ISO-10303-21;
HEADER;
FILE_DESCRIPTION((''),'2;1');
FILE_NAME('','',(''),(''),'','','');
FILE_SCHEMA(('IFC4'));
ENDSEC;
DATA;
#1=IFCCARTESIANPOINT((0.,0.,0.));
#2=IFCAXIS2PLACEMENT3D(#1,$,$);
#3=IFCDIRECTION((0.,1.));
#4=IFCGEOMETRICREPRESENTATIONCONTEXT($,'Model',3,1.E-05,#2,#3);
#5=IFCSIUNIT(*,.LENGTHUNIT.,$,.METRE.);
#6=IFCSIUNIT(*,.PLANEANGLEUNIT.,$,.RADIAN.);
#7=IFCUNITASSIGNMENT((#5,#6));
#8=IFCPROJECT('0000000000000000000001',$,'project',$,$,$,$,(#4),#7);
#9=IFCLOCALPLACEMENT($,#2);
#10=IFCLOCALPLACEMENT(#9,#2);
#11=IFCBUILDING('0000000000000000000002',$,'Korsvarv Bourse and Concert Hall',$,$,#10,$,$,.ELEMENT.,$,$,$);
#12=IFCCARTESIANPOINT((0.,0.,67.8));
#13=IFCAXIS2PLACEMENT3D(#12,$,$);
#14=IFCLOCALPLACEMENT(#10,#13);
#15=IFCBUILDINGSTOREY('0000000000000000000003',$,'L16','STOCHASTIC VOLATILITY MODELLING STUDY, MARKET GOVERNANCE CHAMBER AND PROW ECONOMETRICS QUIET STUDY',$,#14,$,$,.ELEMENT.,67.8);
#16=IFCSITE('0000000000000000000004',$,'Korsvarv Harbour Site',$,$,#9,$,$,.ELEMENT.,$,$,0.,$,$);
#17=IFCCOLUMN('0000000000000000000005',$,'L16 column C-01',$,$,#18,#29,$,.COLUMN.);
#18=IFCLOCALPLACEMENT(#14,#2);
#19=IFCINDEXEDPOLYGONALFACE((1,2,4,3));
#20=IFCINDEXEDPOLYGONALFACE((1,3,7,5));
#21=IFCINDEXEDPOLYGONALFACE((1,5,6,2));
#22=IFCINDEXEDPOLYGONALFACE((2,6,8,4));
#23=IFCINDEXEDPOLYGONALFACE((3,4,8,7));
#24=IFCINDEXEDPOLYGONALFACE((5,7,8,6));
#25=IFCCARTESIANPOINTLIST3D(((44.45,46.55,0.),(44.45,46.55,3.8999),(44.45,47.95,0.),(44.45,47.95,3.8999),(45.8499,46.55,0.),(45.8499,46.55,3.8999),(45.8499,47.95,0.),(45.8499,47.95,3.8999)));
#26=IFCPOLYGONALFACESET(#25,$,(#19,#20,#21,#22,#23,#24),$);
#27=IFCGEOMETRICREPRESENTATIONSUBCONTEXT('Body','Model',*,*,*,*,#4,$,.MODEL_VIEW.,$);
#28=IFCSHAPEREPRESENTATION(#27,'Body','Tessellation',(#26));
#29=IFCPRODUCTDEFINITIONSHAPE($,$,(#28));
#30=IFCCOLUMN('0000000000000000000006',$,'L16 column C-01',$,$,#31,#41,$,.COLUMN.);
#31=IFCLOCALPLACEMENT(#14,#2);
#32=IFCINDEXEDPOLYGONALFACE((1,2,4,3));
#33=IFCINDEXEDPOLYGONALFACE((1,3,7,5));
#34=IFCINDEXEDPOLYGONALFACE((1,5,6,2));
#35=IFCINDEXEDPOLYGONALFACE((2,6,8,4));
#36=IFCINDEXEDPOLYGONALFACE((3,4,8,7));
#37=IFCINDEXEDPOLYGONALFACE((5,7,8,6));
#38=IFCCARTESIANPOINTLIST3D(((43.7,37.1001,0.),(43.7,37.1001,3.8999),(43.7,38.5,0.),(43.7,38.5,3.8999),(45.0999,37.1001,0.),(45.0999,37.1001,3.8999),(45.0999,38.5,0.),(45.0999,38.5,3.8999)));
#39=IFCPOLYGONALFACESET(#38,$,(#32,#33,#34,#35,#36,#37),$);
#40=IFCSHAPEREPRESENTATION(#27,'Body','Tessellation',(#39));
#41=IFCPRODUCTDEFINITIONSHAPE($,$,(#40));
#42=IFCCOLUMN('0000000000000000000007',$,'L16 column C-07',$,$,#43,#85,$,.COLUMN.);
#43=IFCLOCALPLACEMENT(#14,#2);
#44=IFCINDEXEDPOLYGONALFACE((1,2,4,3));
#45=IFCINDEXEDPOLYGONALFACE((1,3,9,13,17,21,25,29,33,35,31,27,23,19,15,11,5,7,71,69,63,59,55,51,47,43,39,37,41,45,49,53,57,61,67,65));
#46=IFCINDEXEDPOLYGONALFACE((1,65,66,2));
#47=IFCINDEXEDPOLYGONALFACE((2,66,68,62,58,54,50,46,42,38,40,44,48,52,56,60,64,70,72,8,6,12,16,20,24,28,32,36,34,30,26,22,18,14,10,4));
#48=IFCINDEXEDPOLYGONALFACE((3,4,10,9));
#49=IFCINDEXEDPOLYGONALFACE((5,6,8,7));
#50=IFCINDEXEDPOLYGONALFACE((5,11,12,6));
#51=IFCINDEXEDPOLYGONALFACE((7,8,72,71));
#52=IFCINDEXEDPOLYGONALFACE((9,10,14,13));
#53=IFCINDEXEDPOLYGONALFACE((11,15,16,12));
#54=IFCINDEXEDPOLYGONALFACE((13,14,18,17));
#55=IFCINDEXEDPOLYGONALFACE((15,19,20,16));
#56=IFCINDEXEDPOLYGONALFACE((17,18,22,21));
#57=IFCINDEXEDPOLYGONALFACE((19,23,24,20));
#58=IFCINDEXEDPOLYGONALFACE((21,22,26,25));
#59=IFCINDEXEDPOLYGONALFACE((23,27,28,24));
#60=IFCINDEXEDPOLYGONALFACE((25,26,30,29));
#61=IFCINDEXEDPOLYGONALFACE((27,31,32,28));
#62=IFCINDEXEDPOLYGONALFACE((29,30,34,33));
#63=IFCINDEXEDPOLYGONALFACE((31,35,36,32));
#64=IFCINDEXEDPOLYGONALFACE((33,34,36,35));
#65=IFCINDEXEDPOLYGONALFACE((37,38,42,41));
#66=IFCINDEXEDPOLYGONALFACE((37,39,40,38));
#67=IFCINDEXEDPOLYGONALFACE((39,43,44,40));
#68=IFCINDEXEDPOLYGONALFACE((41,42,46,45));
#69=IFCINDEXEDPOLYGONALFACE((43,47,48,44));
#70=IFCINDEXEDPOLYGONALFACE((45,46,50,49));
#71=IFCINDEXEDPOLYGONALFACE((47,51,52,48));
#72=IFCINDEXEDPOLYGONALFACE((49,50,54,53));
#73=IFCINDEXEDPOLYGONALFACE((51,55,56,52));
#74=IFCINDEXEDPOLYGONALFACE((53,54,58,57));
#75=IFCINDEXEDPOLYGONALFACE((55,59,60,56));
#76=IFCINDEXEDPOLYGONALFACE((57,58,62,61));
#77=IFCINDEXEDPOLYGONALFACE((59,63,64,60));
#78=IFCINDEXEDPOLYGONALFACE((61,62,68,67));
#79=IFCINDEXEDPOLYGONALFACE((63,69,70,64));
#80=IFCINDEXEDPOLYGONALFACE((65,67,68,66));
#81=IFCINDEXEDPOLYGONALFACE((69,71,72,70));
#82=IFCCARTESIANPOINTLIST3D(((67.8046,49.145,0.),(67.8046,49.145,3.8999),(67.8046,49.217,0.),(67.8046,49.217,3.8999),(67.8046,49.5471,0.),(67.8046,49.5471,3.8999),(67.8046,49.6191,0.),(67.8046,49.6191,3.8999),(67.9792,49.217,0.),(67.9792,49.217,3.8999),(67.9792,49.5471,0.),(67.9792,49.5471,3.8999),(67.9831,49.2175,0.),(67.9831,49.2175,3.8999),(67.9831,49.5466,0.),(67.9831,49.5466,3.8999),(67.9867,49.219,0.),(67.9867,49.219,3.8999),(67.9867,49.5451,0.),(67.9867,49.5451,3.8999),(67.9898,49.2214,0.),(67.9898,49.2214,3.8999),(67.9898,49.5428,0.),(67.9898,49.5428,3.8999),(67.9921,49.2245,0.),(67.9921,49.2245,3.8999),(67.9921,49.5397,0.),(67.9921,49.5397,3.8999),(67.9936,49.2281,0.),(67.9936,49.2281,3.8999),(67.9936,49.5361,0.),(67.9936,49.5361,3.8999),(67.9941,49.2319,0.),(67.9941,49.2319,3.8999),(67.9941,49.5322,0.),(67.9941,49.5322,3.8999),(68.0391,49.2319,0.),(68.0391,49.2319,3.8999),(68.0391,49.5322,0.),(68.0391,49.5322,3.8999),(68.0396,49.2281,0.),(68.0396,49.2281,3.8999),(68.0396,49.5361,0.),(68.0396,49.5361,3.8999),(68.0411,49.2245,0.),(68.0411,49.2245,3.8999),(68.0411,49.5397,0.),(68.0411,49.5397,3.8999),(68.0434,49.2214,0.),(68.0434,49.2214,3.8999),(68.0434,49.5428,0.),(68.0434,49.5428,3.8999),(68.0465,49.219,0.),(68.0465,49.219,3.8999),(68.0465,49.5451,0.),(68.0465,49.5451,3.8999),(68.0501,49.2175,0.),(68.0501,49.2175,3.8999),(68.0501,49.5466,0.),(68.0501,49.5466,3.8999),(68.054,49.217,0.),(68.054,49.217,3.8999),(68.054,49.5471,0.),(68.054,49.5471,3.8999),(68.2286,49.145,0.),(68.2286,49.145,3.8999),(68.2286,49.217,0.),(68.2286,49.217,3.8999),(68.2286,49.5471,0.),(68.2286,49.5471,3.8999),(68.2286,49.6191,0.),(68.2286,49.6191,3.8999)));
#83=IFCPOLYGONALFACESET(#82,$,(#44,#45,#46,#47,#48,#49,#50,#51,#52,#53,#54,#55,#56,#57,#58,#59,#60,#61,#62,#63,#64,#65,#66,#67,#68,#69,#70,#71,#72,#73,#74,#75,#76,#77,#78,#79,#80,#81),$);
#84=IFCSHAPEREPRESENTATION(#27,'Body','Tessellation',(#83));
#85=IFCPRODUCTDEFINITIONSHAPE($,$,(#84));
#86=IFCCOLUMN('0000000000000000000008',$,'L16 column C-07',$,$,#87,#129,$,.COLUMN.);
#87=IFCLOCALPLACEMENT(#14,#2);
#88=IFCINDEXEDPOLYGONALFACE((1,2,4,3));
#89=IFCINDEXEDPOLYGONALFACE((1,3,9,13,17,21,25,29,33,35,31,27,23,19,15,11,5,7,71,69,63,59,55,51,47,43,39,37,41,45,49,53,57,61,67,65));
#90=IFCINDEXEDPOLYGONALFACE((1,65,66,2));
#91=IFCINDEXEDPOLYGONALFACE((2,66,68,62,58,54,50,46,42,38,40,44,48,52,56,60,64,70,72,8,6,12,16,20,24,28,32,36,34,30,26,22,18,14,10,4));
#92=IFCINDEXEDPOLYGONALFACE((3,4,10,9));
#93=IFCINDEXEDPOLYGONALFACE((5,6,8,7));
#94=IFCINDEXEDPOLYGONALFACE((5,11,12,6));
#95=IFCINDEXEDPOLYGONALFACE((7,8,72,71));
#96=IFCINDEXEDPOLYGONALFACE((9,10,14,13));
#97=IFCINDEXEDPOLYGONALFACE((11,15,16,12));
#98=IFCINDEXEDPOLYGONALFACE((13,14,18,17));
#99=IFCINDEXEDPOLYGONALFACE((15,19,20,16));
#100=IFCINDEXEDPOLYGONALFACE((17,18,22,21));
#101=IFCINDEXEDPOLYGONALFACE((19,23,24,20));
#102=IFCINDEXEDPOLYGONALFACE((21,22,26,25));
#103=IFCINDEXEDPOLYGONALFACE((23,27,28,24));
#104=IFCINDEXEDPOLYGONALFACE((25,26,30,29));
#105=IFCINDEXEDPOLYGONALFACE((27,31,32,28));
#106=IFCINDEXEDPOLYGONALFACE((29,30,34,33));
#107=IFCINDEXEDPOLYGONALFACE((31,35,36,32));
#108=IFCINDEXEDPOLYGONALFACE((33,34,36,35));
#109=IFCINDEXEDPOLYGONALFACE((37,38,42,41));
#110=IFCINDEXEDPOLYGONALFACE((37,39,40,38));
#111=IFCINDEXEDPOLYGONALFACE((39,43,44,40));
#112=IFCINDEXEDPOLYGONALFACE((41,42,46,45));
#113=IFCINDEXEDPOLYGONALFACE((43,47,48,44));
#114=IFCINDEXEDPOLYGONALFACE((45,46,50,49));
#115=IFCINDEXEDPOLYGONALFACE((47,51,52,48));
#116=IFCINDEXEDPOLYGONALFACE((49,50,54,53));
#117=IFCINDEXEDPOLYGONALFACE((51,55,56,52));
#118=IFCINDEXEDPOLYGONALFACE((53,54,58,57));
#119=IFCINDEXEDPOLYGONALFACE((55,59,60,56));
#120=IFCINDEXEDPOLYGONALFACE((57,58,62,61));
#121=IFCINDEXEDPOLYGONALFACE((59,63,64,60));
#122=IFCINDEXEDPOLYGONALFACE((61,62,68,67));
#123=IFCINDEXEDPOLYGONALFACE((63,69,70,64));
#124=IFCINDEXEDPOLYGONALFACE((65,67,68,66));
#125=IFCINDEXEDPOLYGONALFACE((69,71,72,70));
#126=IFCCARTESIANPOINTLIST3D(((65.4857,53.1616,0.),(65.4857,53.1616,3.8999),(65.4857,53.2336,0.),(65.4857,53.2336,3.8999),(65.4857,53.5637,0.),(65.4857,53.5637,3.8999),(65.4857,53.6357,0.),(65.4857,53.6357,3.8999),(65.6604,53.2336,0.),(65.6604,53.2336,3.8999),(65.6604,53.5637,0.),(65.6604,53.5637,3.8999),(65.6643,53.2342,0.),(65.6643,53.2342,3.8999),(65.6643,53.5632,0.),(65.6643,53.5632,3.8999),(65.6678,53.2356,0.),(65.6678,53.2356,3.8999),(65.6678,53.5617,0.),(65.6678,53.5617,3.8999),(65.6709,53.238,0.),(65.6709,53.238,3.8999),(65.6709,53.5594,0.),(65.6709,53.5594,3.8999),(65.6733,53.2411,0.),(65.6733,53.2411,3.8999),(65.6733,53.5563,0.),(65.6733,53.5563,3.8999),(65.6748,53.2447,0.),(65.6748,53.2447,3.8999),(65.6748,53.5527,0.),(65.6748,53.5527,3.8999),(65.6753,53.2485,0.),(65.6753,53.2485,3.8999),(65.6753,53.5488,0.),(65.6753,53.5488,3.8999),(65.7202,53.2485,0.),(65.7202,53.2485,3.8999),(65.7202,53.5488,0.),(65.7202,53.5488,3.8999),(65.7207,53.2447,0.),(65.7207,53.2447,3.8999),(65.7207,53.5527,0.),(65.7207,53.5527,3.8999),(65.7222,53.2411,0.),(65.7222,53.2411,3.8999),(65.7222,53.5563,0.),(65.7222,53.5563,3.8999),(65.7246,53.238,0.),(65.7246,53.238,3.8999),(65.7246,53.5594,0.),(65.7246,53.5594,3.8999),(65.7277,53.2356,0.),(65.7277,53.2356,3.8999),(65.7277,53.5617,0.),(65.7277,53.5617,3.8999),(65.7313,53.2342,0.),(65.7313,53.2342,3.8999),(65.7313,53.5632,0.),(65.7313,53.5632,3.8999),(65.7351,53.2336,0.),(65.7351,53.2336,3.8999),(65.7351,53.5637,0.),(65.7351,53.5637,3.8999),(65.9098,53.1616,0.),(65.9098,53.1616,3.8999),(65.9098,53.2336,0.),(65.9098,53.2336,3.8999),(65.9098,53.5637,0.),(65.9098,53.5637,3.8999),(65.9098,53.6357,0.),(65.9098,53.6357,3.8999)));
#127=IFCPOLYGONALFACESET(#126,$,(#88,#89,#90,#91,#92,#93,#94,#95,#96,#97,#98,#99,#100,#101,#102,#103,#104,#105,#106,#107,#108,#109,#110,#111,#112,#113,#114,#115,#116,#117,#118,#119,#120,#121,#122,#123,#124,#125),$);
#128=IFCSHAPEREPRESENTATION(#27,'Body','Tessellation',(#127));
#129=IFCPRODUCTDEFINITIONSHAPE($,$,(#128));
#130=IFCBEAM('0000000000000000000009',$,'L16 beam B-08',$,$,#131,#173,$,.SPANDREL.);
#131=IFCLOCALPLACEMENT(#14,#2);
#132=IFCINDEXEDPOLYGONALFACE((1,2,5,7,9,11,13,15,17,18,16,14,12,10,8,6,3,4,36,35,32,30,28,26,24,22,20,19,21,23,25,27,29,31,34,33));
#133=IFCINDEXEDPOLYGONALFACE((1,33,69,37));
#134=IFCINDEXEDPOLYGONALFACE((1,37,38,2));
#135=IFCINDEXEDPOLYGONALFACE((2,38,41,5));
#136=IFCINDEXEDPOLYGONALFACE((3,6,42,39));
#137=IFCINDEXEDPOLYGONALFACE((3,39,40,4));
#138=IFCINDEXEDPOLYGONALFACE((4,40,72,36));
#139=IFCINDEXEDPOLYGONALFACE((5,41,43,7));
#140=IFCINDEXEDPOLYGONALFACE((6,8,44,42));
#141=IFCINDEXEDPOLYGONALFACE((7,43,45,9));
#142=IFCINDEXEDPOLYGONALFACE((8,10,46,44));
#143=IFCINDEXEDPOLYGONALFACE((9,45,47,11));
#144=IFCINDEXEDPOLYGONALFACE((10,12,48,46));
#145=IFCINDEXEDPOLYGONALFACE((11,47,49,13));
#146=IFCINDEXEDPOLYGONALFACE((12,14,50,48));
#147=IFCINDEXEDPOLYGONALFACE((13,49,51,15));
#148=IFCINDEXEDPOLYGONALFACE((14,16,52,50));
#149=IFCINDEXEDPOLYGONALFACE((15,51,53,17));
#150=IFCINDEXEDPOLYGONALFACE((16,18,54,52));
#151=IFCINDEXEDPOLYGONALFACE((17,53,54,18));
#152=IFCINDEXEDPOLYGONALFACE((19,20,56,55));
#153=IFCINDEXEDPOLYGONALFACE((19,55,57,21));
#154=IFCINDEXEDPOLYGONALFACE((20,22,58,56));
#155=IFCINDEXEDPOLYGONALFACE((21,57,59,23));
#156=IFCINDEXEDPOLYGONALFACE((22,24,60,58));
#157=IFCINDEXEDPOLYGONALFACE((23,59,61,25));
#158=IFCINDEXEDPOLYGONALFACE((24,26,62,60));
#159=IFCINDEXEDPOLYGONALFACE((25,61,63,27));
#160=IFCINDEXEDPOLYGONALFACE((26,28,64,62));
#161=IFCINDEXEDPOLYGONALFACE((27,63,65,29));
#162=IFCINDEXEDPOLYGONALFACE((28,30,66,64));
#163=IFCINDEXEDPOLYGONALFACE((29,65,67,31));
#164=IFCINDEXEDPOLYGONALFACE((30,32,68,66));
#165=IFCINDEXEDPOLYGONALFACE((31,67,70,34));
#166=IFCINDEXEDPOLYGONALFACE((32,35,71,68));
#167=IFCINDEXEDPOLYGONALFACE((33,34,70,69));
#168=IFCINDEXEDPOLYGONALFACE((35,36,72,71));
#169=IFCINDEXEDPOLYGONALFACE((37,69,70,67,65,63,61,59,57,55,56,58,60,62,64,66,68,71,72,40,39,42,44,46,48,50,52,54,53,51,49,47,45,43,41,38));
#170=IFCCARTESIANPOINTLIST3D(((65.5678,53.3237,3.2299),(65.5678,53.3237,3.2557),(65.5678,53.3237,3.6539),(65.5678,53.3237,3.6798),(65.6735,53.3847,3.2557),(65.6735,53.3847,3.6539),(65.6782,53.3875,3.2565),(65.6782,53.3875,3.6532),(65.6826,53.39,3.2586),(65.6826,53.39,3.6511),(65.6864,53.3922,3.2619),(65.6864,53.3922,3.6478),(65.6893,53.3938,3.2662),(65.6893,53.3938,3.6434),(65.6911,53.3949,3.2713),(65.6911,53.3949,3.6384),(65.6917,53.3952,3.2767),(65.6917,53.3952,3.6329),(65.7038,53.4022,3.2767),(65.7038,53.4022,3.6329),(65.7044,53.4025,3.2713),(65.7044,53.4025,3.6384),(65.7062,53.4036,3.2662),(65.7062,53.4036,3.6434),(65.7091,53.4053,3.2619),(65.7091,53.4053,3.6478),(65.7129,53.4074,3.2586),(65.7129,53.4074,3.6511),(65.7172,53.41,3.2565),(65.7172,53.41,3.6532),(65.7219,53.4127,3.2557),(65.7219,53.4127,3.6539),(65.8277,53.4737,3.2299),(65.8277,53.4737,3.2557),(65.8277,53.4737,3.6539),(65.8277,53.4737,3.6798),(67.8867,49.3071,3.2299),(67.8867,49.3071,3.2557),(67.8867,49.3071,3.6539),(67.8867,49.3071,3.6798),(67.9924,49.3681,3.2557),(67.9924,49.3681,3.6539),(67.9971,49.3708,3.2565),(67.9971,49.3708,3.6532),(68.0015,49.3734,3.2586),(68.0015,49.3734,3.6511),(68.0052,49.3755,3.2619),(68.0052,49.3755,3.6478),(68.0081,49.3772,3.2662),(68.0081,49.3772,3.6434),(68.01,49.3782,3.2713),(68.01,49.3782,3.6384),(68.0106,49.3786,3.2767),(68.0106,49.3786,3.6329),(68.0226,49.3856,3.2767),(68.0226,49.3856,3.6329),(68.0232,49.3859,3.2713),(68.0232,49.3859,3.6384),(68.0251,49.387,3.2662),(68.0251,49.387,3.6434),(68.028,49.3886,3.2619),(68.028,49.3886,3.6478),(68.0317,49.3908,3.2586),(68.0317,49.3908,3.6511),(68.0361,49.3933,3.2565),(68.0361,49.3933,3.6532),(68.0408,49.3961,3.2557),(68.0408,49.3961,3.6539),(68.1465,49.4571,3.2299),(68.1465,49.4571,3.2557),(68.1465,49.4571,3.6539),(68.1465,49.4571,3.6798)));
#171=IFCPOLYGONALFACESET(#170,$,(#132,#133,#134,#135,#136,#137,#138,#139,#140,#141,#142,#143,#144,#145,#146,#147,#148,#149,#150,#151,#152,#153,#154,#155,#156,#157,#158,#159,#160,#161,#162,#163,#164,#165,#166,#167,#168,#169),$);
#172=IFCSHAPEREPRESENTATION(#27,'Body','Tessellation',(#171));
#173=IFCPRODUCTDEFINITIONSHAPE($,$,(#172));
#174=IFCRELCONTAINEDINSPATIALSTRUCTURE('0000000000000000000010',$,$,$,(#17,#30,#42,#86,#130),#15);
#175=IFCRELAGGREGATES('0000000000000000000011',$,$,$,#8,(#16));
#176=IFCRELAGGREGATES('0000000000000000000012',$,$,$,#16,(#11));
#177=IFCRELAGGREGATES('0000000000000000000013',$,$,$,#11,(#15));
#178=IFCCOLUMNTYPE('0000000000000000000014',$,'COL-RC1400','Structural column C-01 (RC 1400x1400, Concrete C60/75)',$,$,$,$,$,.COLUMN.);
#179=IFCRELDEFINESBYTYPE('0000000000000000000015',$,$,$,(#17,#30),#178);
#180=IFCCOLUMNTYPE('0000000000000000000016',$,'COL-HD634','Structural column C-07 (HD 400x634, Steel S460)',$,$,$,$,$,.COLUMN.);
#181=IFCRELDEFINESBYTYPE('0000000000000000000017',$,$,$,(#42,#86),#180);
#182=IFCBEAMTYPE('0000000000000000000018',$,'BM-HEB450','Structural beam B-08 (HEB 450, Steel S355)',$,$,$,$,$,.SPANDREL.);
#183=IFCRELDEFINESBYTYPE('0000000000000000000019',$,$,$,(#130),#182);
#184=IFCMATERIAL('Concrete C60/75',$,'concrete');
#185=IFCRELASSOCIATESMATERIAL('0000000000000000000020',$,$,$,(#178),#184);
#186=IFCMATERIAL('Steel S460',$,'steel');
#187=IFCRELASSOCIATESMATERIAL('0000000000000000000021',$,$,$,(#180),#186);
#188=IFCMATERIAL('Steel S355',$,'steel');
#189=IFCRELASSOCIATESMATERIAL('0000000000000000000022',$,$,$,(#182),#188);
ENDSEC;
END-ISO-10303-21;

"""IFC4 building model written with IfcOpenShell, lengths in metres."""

from ifc_helpers import new_model, si_unit, direction, frame, origin, origin_2d, place, context, subcontext, project, spatial, rectangle, i_section, extrude, source, transform, mapped, material, material_profile, profile_set, type_object, element, save


model = new_model("IFC4")

# Units and contexts
model_context = context("Model", 3, precision=1e-05, world=origin(), true_north=direction((0.0, 1.0)))
body_context = subcontext(model_context, "Body", "Model", "MODEL_VIEW")
ifc_project = project(units=[si_unit("LENGTHUNIT", "METRE"), si_unit("PLANEANGLEUNIT", "RADIAN")], contexts=[model_context])

# Site, building, storey
site_placement = place(None, origin())
site = spatial("IfcSite", under=ifc_project, at=site_placement, Name="Korsvarv Harbour Site", CompositionType="ELEMENT", RefElevation=0.0)
building_placement = place(site_placement, origin())
building = spatial("IfcBuilding", under=site, at=building_placement, Name="Korsvarv Bourse and Concert Hall", CompositionType="ELEMENT")
storey_placement = place(building_placement, frame((0.0, 0.0, 67.8)))
storey = spatial("IfcBuildingStorey", under=building, at=storey_placement, Name="L16", Description="STOCHASTIC VOLATILITY MODELLING STUDY, MARKET GOVERNANCE CHAMBER AND PROW ECONOMETRICS QUIET STUDY", CompositionType="ELEMENT", Elevation=67.8)

# Columns
ifc_material_1 = material(Name="Concrete C60/75", Category="concrete")
ifc_material_profile_1 = material_profile(ifc_material_1, rectangle(XDim=1.3999, YDim=1.3999, at=origin_2d()), Name="RC 1400x1400")
ifc_profile_set_1 = profile_set([ifc_material_profile_1], Name="Concrete C60/75")
column_type_1 = type_object("IfcColumnType", Name="COL-RC1400", Description="Structural column C-01 (RC 1400x1400, Concrete C60/75)", PredefinedType="COLUMN", material=ifc_profile_set_1)
shared_shape_1 = source(origin(), body_context, "Body", "SweptSolid", [
    extrude(rectangle(XDim=1.3999, YDim=1.3999, at=origin_2d()), origin(), (0.0, 0.0, 1.0), 3.8999),
])
for number, where, z_axis, x_axis, name in (
    (1, (45.1499, 47.25, 0.0), (0.0, 0.0, 1.0), (1.0, 0.0, 0.0), "L16 column C-01"),
    (2, (44.3999, 37.8, 0.0), (0.0, 0.0, 1.0), (1.0, 0.0, 0.0), "L16 column C-01"),
):
    element("IfcColumn", number, at=place(storey_placement, frame(where, z_axis=z_axis, x_axis=x_axis)), inside=storey, type_object=column_type_1, Name=name, PredefinedType="COLUMN", context=body_context, shape_type="MappedRepresentation", body=[
        mapped(shared_shape_1, transform((0.0, 0.0, 0.0), scale=1.0)),
    ])
ifc_material_2 = material(Name="Steel S460", Category="steel")
ifc_material_profile_2 = material_profile(ifc_material_2, i_section(OverallWidth=0.4241, OverallDepth=0.4741, WebThickness=0.0449, FlangeThickness=0.072, FilletRadius=0.0149, at=origin_2d()), Name="HD 400x634")
ifc_profile_set_2 = profile_set([ifc_material_profile_2], Name="Steel S460")
column_type_2 = type_object("IfcColumnType", Name="COL-HD634", Description="Structural column C-07 (HD 400x634, Steel S460)", PredefinedType="COLUMN", material=ifc_profile_set_2)
shared_shape_2 = source(origin(), body_context, "Body", "SweptSolid", [
    extrude(i_section(OverallWidth=0.4241, OverallDepth=0.4741, WebThickness=0.0449, FlangeThickness=0.072, FilletRadius=0.0149, at=origin_2d()), origin(), (0.0, 0.0, 1.0), 3.8999),
])
for number, where, z_axis, x_axis, name in (
    (3, (68.0166, 49.3821, 0.0), (0.0, 0.0, 1.0), (1.0, 0.0, 0.0), "L16 column C-07"),
    (4, (65.6978, 53.3987, 0.0), (0.0, 0.0, 1.0), (1.0, 0.0, 0.0), "L16 column C-07"),
):
    element("IfcColumn", number, at=place(storey_placement, frame(where, z_axis=z_axis, x_axis=x_axis)), inside=storey, type_object=column_type_2, Name=name, PredefinedType="COLUMN", context=body_context, shape_type="MappedRepresentation", body=[
        mapped(shared_shape_2, transform((0.0, 0.0, 0.0), scale=1.0)),
    ])

# Beam
ifc_material_3 = material(Name="Steel S355", Category="steel")
ifc_material_profile_3 = material_profile(ifc_material_3, i_section(OverallWidth=0.3, OverallDepth=0.45, WebThickness=0.0139, FlangeThickness=0.0259, FilletRadius=0.021, at=origin_2d()), Name="HEB 450")
ifc_profile_set_3 = profile_set([ifc_material_profile_3], Name="Steel S355")
beam_type_1 = type_object("IfcBeamType", Name="BM-HEB450", Description="Structural beam B-08 (HEB 450, Steel S355)", PredefinedType="SPANDREL", material=ifc_profile_set_3)
shared_shape_3 = source(origin(), body_context, "Body", "SweptSolid", [
    extrude(i_section(OverallWidth=0.3, OverallDepth=0.45, WebThickness=0.0139, FlangeThickness=0.0259, FilletRadius=0.021, at=origin_2d()), origin(), (0.0, 0.0, 1.0), 4.6379),
])
beam_1_placement = place(storey_placement, frame((68.0166, 49.3821, 3.4548), z_axis=(-0.499978, 0.866038, 0.0), x_axis=(-0.866038, -0.499978, 0.0)))
element("IfcBeam", 5, at=beam_1_placement, inside=storey, type_object=beam_type_1, Name="L16 beam B-08", PredefinedType="SPANDREL", context=body_context, shape_type="MappedRepresentation", body=[
    mapped(shared_shape_3, transform((0.0, 0.0, 0.0), scale=1.0)),
])

save(model, "model.ifc")
